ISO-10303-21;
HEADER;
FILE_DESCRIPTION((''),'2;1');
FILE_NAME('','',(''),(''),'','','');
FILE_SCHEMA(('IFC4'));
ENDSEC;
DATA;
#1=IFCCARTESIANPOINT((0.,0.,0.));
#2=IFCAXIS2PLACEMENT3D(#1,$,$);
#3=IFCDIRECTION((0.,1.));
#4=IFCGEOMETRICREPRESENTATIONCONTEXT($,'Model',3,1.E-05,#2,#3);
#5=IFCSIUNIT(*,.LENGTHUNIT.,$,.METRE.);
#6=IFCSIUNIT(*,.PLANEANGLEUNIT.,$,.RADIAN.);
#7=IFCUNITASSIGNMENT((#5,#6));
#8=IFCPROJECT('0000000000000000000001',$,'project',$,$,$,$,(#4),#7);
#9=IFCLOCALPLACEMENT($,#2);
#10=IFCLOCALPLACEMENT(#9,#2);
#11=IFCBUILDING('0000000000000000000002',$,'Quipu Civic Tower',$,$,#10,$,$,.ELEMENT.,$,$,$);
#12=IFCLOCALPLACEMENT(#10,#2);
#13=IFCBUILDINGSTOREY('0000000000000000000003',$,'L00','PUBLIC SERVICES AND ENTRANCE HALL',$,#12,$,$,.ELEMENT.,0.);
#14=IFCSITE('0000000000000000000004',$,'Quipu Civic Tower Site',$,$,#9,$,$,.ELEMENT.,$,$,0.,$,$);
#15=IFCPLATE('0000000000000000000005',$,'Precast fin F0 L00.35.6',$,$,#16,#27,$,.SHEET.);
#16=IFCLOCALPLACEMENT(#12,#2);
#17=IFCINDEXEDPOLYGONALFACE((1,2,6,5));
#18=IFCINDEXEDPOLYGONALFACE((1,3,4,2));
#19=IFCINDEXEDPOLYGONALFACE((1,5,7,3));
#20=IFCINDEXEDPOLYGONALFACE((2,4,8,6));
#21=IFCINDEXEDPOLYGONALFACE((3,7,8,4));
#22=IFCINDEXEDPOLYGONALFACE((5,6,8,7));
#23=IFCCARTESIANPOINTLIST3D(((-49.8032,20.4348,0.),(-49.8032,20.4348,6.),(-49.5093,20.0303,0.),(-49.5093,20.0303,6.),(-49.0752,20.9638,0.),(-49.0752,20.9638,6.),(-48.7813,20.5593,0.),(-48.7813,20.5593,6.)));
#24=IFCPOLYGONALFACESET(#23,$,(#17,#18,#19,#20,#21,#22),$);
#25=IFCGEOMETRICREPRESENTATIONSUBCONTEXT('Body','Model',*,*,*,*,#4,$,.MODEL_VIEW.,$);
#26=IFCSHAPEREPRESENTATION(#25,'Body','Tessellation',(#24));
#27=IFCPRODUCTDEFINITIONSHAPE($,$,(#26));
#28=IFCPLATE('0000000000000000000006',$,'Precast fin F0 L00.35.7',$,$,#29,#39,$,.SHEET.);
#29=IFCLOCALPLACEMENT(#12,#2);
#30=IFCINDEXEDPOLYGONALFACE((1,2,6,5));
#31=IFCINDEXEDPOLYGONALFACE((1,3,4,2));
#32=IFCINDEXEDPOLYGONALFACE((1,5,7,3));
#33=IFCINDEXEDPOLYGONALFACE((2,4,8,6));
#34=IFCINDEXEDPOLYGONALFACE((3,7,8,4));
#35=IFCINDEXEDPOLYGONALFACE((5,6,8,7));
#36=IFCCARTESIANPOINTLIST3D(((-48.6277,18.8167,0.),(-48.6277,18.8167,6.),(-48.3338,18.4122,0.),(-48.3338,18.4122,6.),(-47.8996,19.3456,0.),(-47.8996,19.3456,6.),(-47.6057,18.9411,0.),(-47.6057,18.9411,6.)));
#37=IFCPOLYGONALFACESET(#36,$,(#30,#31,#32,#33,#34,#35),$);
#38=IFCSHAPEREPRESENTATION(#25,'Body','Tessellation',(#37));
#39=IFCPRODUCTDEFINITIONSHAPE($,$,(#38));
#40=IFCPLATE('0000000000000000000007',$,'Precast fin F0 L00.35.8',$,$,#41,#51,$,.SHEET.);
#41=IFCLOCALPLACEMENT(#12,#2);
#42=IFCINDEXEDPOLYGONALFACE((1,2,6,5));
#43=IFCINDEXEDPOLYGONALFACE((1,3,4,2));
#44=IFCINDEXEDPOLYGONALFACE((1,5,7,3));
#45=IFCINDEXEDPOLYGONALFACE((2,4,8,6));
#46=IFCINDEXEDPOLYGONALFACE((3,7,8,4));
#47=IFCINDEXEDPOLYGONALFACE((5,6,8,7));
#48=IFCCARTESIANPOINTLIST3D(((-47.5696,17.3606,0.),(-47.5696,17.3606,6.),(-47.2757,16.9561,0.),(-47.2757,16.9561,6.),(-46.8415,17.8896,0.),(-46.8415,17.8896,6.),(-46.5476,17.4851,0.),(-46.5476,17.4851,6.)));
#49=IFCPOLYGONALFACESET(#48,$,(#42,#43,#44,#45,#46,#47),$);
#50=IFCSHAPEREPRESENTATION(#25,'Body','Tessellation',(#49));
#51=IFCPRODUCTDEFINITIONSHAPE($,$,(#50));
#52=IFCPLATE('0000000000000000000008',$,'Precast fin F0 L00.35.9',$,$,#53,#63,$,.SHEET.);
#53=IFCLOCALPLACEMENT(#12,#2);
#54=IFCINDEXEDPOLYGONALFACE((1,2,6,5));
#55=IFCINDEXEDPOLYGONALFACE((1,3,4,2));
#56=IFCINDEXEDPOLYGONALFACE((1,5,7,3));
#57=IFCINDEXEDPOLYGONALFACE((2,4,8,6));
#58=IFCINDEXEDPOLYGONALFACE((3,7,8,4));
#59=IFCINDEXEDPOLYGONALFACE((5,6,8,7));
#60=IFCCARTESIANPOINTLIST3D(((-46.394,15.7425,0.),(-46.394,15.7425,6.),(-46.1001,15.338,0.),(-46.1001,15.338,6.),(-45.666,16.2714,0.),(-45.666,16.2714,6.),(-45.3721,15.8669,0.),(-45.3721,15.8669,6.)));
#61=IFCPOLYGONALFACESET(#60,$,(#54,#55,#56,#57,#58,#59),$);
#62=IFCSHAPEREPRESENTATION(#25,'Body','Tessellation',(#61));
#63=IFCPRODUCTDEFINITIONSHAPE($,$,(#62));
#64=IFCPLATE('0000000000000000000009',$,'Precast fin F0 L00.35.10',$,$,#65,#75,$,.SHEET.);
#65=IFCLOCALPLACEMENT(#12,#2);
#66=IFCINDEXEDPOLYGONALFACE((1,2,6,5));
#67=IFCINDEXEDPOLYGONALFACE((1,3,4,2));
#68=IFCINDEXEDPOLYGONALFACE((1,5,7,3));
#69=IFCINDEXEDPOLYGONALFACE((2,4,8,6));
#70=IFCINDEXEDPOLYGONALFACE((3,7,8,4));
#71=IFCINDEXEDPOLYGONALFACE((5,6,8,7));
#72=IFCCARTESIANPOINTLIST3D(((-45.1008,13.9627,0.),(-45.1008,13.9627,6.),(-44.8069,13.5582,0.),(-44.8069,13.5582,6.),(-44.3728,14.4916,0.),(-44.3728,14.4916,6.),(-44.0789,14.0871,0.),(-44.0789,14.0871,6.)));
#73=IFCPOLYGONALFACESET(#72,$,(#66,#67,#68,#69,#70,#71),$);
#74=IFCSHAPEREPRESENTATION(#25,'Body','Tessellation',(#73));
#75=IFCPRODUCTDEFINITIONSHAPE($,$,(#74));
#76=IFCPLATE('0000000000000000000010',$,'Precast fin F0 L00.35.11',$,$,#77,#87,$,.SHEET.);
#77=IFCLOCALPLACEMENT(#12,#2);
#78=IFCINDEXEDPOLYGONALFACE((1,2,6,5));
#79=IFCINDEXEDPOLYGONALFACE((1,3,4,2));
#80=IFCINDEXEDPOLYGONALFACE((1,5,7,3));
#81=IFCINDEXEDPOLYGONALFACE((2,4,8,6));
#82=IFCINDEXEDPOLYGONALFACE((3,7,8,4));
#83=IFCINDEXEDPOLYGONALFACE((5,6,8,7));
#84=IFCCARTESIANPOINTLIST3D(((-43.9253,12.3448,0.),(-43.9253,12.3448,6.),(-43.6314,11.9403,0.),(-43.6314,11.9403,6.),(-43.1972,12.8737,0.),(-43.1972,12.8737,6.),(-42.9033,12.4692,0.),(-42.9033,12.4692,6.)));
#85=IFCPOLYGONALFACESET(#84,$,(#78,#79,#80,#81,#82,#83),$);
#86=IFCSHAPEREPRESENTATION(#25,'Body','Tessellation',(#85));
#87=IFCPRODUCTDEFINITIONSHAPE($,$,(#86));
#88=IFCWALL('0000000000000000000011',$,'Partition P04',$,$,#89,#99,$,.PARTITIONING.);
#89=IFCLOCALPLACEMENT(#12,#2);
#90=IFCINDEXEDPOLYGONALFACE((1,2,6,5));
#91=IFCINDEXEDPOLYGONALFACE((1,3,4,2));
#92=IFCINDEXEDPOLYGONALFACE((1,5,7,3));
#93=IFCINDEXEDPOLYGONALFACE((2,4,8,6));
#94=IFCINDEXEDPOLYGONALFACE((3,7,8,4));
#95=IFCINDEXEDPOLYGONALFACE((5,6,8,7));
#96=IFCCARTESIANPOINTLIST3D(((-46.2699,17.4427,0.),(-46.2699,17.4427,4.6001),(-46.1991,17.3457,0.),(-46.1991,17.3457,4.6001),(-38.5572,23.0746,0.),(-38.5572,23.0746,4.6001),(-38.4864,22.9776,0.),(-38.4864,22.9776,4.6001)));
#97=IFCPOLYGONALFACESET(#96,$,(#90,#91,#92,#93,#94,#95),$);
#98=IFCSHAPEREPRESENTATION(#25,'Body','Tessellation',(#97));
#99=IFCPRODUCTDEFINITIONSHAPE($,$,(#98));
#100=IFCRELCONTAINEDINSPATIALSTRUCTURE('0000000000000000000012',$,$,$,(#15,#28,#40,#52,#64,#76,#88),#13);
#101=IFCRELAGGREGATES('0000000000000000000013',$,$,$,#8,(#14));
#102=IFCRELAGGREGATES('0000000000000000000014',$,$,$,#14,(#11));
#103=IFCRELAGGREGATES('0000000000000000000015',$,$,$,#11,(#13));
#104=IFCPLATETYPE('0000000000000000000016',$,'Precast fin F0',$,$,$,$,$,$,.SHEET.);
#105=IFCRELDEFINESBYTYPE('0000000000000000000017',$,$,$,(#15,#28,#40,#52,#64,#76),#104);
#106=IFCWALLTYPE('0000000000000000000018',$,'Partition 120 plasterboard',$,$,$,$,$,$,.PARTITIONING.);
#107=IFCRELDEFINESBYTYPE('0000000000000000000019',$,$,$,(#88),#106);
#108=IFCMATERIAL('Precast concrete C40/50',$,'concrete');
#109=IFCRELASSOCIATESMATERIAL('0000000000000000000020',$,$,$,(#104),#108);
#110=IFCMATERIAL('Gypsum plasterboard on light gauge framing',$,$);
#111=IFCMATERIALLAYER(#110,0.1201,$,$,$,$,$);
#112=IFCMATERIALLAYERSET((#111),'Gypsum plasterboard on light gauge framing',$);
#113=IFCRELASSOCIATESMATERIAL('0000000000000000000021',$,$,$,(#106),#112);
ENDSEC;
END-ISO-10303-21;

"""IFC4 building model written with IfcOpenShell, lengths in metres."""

from ifc_helpers import new_model, si_unit, direction, frame, frame_2d, origin, origin_2d, place, context, subcontext, project, spatial, rectangle, extrude, material, layer, layer_set, type_object, element, save


model = new_model("IFC4")

# Units and contexts
model_context = context("Model", 3, precision=1e-05, world=origin(), true_north=direction((0.0, 1.0)))
body_context = subcontext(model_context, "Body", "Model", "MODEL_VIEW")
ifc_project = project(units=[si_unit("LENGTHUNIT", "METRE"), si_unit("PLANEANGLEUNIT", "RADIAN")], contexts=[model_context])

# Site, building, storey
site_placement = place(None, origin())
site = spatial("IfcSite", under=ifc_project, at=site_placement, Name="Quipu Civic Tower Site", CompositionType="ELEMENT", RefElevation=0.0)
building_placement = place(site_placement, origin())
building = spatial("IfcBuilding", under=site, at=building_placement, Name="Quipu Civic Tower", CompositionType="ELEMENT")
storey_placement = place(building_placement, origin())
storey = spatial("IfcBuildingStorey", under=building, at=storey_placement, Name="L00", Description="PUBLIC SERVICES AND ENTRANCE HALL", CompositionType="ELEMENT", Elevation=0.0)

# Plates
ifc_material_1 = material(Name="Precast concrete C40/50", Category="concrete")
plate_type_1 = type_object("IfcPlateType", Name="Precast fin F0", PredefinedType="SHEET", material=ifc_material_1)
for number, where, z_axis, x_axis, name in (
    (1, (-49.2922, 20.4971, 0.0), (0.0, 0.0, 1.0), (0.587786, -0.809017, 0.0), "Precast fin F0 L00.35.6"),
    (2, (-48.1167, 18.8789, 0.0), (0.0, 0.0, 1.0), (0.587786, -0.809017, 0.0), "Precast fin F0 L00.35.7"),
    (3, (-47.0586, 17.4229, 0.0), (0.0, 0.0, 1.0), (0.587786, -0.809017, 0.0), "Precast fin F0 L00.35.8"),
    (4, (-45.8831, 15.8047, 0.0), (0.0, 0.0, 1.0), (0.587786, -0.809017, 0.0), "Precast fin F0 L00.35.9"),
    (5, (-44.5898, 14.0249, 0.0), (0.0, 0.0, 1.0), (0.587786, -0.809017, 0.0), "Precast fin F0 L00.35.10"),
    (6, (-43.4143, 12.407, 0.0), (0.0, 0.0, 1.0), (0.587786, -0.809017, 0.0), "Precast fin F0 L00.35.11"),
):
    element("IfcPlate", number, at=place(storey_placement, frame(where, z_axis=z_axis, x_axis=x_axis)), inside=storey, type_object=plate_type_1, Name=name, PredefinedType="SHEET", context=body_context, shape_type="SweptSolid", body=[
        extrude(rectangle(XDim=0.5, YDim=0.8999, at=origin_2d()), origin(), (0.0, 0.0, 1.0), 6.0),
    ])

# Wall
ifc_material_2 = material(Name="Gypsum plasterboard on light gauge framing")
ifc_layer_1 = layer(ifc_material_2, 0.1201)
ifc_layer_set_1 = layer_set([ifc_layer_1], Name="Gypsum plasterboard on light gauge framing")
wall_type = type_object("IfcWallType", Name="Partition 120 plasterboard", PredefinedType="PARTITIONING", material=ifc_layer_set_1)
wall_placement = place(storey_placement, frame((-46.2344, 17.3943, 0.0), z_axis=(0.0, 0.0, 1.0), x_axis=(0.807607, 0.589721, 0.0)))
element("IfcWall", 7, at=wall_placement, inside=storey, type_object=wall_type, Name="Partition P04", PredefinedType="PARTITIONING", context=body_context, shape_type="SweptSolid", body=[
    extrude(rectangle(XDim=9.55, YDim=0.1201, at=frame_2d((4.7749, 0.0))), origin(), (0.0, 0.0, 1.0), 4.6001),
])

save(model, "model.ifc")
